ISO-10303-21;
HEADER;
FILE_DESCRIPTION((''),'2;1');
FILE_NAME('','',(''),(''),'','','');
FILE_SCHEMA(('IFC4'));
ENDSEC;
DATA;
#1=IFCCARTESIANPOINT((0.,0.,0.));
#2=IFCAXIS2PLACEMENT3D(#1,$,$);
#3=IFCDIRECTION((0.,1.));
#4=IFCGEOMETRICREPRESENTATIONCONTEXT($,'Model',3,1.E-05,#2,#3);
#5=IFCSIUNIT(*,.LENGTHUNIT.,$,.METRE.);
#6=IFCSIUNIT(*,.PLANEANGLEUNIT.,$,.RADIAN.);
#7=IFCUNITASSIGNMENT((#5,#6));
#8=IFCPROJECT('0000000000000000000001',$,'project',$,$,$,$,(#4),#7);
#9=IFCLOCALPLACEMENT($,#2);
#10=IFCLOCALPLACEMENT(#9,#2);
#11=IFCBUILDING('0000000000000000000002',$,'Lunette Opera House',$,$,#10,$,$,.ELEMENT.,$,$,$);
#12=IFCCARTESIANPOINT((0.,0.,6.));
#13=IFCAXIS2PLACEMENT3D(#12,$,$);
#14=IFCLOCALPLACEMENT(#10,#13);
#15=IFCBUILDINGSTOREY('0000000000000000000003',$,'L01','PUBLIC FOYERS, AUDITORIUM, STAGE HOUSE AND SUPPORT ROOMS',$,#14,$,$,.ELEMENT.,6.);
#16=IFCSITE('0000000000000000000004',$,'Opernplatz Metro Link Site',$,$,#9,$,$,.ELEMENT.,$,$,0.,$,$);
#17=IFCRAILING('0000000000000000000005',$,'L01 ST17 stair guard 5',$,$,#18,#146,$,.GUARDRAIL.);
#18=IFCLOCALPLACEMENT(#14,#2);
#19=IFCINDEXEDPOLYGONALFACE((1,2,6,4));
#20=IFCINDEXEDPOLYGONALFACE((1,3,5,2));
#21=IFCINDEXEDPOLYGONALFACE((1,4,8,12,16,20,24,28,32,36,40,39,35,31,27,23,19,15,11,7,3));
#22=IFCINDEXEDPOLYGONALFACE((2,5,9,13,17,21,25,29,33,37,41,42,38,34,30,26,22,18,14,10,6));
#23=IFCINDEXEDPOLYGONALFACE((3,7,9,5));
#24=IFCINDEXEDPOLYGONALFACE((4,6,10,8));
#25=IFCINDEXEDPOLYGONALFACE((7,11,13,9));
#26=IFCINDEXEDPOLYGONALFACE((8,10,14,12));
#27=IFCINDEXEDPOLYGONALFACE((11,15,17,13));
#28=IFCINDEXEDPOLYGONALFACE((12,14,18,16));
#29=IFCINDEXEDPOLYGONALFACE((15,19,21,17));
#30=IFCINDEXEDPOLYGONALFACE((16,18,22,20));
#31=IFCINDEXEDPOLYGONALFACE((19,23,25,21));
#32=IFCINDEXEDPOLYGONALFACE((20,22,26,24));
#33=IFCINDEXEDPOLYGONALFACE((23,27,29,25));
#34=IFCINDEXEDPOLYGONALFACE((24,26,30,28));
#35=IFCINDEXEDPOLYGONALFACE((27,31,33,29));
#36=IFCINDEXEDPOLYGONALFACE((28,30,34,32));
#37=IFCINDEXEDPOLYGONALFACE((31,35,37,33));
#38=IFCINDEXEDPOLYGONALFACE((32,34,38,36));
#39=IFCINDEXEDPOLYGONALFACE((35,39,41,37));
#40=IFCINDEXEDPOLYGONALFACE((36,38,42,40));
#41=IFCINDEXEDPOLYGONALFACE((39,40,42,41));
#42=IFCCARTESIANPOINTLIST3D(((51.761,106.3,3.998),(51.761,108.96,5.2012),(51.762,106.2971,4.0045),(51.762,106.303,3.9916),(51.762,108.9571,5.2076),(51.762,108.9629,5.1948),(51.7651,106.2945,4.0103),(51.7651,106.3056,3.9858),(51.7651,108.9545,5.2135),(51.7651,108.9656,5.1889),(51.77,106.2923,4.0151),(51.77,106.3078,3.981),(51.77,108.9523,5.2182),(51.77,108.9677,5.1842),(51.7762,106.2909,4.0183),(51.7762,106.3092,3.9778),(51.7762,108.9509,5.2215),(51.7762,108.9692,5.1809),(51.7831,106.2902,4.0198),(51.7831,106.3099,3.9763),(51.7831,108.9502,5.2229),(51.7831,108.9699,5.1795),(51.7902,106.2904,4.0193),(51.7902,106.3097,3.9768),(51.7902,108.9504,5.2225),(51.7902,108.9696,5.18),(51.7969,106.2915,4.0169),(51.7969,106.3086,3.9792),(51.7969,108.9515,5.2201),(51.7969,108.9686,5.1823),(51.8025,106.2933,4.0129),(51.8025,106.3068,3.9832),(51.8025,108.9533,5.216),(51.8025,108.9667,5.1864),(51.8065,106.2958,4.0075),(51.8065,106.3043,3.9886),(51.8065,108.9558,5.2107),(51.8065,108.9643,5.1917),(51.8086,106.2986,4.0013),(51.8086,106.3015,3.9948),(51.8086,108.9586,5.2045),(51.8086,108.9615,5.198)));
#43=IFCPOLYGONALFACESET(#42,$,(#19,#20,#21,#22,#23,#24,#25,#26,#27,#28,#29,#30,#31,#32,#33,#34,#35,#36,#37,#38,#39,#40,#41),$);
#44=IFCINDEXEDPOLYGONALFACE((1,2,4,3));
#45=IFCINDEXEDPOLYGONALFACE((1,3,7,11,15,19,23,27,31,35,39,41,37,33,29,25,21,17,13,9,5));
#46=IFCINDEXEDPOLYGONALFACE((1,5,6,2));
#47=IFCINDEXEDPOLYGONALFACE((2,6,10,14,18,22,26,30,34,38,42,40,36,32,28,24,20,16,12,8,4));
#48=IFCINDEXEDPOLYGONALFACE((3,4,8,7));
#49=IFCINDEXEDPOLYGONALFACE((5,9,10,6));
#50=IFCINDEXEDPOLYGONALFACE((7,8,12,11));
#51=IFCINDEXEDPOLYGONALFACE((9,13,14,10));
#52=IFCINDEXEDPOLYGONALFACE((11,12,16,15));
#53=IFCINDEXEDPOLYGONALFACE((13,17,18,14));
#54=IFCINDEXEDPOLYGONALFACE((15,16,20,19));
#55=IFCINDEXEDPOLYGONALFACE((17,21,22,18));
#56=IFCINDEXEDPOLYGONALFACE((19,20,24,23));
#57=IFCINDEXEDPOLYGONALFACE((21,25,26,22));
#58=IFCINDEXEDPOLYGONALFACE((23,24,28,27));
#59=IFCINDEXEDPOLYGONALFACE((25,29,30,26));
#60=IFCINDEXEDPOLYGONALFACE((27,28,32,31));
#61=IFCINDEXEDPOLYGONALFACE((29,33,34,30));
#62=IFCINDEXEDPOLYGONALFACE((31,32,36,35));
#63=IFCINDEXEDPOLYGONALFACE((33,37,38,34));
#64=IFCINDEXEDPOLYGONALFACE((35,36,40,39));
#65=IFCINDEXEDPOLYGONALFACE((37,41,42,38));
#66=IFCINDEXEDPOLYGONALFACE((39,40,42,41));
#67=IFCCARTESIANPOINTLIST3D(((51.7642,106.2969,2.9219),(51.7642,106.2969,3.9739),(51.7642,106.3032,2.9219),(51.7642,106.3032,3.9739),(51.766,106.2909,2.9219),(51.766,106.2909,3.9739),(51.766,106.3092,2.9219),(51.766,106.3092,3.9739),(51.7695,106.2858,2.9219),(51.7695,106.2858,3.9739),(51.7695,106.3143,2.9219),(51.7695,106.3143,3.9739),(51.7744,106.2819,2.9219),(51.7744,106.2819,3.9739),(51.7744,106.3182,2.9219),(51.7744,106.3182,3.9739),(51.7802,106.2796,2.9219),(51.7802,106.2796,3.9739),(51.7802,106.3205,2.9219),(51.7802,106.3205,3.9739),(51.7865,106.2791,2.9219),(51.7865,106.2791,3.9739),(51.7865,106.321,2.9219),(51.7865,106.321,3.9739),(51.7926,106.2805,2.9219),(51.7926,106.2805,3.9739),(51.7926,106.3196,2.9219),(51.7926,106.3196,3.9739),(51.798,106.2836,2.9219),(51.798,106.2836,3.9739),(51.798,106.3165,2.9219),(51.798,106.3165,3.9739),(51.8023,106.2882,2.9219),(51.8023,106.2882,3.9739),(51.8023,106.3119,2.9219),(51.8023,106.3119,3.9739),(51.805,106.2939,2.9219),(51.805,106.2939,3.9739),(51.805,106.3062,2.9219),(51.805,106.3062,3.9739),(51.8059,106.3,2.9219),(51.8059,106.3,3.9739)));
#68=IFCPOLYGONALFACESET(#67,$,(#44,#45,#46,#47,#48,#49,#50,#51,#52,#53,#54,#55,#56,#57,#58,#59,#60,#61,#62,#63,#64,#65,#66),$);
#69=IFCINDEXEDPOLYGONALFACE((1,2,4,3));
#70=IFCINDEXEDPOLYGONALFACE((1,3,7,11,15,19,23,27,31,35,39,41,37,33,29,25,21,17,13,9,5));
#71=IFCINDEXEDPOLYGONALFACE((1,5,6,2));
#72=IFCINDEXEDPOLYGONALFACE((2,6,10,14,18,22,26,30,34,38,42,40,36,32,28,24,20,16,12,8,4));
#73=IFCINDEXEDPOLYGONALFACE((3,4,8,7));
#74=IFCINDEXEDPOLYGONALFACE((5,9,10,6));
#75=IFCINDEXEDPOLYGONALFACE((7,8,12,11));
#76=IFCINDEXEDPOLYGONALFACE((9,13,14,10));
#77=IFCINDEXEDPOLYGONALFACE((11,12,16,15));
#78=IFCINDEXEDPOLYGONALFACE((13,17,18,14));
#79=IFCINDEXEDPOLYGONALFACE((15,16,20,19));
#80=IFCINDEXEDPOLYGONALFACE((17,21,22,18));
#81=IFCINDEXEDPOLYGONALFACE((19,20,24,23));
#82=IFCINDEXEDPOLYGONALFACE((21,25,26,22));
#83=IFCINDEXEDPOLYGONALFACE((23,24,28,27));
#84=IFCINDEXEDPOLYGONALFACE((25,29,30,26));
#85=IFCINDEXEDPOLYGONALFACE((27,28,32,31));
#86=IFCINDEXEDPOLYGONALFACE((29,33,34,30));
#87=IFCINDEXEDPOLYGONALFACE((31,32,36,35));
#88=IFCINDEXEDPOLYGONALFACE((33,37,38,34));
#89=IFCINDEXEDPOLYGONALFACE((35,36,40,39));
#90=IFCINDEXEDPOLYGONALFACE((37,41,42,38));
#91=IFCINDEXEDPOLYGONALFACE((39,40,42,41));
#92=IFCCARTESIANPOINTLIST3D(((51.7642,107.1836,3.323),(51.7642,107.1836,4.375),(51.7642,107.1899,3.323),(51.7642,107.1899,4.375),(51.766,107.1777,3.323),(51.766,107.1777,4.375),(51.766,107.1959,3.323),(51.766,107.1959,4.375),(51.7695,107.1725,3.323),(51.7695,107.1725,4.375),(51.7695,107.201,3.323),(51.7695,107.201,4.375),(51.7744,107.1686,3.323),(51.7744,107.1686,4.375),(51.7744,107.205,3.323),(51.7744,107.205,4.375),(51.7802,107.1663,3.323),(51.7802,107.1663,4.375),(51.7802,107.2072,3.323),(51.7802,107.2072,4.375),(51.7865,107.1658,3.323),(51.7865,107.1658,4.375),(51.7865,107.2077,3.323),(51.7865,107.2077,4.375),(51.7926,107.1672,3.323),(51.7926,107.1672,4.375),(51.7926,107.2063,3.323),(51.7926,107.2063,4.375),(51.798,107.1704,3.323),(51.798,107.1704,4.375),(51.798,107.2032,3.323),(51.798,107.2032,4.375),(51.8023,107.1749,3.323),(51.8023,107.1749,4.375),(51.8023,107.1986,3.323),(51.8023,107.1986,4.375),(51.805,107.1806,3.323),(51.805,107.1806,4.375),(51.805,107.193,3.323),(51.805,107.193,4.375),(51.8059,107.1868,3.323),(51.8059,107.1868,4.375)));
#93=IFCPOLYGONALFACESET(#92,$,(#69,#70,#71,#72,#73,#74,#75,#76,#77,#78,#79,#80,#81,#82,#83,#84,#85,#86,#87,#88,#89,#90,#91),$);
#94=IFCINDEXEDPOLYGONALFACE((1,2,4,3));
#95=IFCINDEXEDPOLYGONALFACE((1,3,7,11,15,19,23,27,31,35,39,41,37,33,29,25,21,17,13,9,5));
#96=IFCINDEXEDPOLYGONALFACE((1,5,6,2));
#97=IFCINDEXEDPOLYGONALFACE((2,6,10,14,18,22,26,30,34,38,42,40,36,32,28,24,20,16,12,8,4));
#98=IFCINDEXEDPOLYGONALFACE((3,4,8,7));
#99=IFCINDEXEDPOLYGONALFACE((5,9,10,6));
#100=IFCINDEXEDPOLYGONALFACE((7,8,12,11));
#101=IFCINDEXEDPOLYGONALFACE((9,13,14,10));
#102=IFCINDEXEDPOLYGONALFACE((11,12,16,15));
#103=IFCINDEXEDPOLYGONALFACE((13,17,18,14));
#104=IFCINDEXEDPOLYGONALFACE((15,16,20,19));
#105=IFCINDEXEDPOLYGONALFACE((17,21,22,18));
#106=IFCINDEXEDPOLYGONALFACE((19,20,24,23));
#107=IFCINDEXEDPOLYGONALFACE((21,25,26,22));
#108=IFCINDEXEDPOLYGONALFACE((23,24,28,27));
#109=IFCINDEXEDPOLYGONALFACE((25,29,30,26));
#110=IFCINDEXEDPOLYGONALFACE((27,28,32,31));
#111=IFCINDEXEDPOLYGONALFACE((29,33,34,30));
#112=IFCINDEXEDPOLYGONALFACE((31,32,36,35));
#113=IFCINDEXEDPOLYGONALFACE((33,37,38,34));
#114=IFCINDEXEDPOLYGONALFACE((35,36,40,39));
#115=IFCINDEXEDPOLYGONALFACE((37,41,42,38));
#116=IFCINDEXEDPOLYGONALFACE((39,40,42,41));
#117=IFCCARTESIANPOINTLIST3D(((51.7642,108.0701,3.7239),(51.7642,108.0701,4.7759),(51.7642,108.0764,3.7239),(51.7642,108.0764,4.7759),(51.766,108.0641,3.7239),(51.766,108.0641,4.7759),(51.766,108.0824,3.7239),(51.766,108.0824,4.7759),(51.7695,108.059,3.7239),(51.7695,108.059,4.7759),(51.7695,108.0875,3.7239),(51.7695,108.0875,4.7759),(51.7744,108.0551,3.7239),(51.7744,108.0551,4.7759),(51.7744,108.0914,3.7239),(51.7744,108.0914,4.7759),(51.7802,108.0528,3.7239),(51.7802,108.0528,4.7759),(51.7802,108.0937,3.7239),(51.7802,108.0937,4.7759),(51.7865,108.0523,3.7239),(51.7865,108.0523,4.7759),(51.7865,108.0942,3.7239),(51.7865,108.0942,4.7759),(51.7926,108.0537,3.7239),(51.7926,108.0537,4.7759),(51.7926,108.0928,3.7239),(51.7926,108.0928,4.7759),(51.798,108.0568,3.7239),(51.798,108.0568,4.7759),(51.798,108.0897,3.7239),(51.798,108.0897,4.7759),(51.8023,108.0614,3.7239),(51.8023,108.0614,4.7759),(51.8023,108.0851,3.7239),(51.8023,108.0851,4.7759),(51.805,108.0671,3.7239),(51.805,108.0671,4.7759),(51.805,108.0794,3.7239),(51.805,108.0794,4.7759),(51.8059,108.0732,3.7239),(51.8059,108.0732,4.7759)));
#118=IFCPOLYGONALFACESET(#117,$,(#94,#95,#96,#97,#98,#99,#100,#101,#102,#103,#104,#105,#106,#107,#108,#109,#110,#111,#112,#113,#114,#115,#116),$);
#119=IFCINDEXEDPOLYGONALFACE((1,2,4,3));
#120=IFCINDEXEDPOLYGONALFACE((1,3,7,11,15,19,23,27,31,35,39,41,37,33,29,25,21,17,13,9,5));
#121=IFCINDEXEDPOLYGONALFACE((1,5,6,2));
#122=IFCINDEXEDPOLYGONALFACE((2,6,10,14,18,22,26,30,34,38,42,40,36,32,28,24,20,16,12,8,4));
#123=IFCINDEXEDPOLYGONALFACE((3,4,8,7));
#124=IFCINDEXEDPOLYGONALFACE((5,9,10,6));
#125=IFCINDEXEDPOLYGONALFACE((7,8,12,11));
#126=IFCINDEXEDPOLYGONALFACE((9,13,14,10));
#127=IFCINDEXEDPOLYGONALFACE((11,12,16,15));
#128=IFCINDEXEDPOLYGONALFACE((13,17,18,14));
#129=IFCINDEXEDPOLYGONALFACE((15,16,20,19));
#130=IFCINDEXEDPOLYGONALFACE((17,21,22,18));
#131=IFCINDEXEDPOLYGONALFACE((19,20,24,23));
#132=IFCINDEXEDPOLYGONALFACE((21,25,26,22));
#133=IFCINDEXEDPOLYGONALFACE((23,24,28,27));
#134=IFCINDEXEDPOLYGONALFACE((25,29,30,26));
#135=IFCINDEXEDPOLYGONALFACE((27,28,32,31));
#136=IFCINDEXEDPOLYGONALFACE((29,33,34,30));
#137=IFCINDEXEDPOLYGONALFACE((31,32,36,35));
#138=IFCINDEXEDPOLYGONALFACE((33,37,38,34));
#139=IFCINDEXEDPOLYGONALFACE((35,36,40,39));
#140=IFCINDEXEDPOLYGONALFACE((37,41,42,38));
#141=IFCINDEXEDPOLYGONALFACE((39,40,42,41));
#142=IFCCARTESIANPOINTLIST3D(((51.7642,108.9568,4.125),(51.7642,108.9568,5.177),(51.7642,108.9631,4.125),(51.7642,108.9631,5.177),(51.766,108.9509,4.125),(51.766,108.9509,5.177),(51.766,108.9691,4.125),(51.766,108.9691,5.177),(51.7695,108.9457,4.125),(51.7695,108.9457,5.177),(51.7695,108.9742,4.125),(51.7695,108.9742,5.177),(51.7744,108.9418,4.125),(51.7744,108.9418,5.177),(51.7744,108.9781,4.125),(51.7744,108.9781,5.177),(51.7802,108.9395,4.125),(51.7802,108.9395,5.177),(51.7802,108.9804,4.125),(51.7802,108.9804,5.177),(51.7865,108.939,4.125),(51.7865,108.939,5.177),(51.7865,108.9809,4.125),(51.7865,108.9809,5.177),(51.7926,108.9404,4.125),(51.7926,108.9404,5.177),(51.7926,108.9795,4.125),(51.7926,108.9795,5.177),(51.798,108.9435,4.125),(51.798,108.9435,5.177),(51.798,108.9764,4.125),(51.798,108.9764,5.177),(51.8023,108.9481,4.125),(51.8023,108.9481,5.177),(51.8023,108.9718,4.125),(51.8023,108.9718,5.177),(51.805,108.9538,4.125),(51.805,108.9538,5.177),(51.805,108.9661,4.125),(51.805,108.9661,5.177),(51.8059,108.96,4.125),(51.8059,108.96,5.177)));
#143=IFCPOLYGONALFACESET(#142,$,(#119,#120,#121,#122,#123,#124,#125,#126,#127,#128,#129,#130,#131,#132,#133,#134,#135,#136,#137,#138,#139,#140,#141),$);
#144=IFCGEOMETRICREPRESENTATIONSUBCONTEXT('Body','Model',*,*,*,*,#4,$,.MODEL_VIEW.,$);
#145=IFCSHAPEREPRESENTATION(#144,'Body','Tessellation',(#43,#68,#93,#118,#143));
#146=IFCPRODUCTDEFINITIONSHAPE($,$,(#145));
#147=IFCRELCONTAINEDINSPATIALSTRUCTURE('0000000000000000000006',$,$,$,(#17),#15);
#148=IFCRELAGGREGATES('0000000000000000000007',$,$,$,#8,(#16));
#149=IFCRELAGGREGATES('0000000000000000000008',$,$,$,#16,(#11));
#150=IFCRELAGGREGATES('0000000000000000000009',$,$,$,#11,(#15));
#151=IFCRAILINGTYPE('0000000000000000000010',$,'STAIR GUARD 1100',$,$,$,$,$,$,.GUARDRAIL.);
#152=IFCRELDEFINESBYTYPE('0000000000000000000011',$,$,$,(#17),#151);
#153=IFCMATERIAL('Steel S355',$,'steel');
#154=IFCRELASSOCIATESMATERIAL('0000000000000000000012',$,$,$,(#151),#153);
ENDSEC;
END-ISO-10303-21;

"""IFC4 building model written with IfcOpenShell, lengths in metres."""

from ifc_helpers import new_model, si_unit, direction, frame, origin, origin_2d, place, context, subcontext, project, spatial, circle, extrude, material, type_object, element, save


model = new_model("IFC4")

# Units and contexts
model_context = context("Model", 3, precision=1e-05, world=origin(), true_north=direction((0.0, 1.0)))
body_context = subcontext(model_context, "Body", "Model", "MODEL_VIEW")
ifc_project = project(units=[si_unit("LENGTHUNIT", "METRE"), si_unit("PLANEANGLEUNIT", "RADIAN")], contexts=[model_context])

# Site, building, storey
site_placement = place(None, origin())
site = spatial("IfcSite", under=ifc_project, at=site_placement, Name="Opernplatz Metro Link Site", CompositionType="ELEMENT", RefElevation=0.0)
building_placement = place(site_placement, origin())
building = spatial("IfcBuilding", under=site, at=building_placement, Name="Lunette Opera House", CompositionType="ELEMENT")
storey_placement = place(building_placement, frame((0.0, 0.0, 6.0)))
storey = spatial("IfcBuildingStorey", under=building, at=storey_placement, Name="L01", Description="PUBLIC FOYERS, AUDITORIUM, STAGE HOUSE AND SUPPORT ROOMS", CompositionType="ELEMENT", Elevation=6.0)

# Railing
ifc_material_1 = material(Name="Steel S355", Category="steel")
railing_type_1 = type_object("IfcRailingType", Name="STAIR GUARD 1100", PredefinedType="GUARDRAIL", material=ifc_material_1)
railing_1_placement = place(storey_placement, frame((51.7849, 106.3, 2.9219)))
element("IfcRailing", 1, at=railing_1_placement, inside=storey, type_object=railing_type_1, Name="L01 ST17 stair guard 5", PredefinedType="GUARDRAIL", context=body_context, shape_type="SweptSolid", body=[
    extrude(circle(Radius=0.0239, at=origin_2d()), frame((0.0, 0.0, 1.0762), z_axis=(0.0, 0.91113, 0.41212), x_axis=(-1.0, 0.0, 0.0)), (0.0, 0.0, 1.0), 2.9194),
    extrude(circle(Radius=0.021, at=origin_2d()), origin(), (0.0, 0.0, 1.0), 1.052),
    extrude(circle(Radius=0.021, at=origin_2d()), frame((0.0, 0.8867, 0.4011)), (0.0, 0.0, 1.0), 1.052),
    extrude(circle(Radius=0.021, at=origin_2d()), frame((0.0, 1.7732, 0.802)), (0.0, 0.0, 1.0), 1.052),
    extrude(circle(Radius=0.021, at=origin_2d()), frame((0.0, 2.6599, 1.2031)), (0.0, 0.0, 1.0), 1.052),
])

save(model, "model.ifc")
